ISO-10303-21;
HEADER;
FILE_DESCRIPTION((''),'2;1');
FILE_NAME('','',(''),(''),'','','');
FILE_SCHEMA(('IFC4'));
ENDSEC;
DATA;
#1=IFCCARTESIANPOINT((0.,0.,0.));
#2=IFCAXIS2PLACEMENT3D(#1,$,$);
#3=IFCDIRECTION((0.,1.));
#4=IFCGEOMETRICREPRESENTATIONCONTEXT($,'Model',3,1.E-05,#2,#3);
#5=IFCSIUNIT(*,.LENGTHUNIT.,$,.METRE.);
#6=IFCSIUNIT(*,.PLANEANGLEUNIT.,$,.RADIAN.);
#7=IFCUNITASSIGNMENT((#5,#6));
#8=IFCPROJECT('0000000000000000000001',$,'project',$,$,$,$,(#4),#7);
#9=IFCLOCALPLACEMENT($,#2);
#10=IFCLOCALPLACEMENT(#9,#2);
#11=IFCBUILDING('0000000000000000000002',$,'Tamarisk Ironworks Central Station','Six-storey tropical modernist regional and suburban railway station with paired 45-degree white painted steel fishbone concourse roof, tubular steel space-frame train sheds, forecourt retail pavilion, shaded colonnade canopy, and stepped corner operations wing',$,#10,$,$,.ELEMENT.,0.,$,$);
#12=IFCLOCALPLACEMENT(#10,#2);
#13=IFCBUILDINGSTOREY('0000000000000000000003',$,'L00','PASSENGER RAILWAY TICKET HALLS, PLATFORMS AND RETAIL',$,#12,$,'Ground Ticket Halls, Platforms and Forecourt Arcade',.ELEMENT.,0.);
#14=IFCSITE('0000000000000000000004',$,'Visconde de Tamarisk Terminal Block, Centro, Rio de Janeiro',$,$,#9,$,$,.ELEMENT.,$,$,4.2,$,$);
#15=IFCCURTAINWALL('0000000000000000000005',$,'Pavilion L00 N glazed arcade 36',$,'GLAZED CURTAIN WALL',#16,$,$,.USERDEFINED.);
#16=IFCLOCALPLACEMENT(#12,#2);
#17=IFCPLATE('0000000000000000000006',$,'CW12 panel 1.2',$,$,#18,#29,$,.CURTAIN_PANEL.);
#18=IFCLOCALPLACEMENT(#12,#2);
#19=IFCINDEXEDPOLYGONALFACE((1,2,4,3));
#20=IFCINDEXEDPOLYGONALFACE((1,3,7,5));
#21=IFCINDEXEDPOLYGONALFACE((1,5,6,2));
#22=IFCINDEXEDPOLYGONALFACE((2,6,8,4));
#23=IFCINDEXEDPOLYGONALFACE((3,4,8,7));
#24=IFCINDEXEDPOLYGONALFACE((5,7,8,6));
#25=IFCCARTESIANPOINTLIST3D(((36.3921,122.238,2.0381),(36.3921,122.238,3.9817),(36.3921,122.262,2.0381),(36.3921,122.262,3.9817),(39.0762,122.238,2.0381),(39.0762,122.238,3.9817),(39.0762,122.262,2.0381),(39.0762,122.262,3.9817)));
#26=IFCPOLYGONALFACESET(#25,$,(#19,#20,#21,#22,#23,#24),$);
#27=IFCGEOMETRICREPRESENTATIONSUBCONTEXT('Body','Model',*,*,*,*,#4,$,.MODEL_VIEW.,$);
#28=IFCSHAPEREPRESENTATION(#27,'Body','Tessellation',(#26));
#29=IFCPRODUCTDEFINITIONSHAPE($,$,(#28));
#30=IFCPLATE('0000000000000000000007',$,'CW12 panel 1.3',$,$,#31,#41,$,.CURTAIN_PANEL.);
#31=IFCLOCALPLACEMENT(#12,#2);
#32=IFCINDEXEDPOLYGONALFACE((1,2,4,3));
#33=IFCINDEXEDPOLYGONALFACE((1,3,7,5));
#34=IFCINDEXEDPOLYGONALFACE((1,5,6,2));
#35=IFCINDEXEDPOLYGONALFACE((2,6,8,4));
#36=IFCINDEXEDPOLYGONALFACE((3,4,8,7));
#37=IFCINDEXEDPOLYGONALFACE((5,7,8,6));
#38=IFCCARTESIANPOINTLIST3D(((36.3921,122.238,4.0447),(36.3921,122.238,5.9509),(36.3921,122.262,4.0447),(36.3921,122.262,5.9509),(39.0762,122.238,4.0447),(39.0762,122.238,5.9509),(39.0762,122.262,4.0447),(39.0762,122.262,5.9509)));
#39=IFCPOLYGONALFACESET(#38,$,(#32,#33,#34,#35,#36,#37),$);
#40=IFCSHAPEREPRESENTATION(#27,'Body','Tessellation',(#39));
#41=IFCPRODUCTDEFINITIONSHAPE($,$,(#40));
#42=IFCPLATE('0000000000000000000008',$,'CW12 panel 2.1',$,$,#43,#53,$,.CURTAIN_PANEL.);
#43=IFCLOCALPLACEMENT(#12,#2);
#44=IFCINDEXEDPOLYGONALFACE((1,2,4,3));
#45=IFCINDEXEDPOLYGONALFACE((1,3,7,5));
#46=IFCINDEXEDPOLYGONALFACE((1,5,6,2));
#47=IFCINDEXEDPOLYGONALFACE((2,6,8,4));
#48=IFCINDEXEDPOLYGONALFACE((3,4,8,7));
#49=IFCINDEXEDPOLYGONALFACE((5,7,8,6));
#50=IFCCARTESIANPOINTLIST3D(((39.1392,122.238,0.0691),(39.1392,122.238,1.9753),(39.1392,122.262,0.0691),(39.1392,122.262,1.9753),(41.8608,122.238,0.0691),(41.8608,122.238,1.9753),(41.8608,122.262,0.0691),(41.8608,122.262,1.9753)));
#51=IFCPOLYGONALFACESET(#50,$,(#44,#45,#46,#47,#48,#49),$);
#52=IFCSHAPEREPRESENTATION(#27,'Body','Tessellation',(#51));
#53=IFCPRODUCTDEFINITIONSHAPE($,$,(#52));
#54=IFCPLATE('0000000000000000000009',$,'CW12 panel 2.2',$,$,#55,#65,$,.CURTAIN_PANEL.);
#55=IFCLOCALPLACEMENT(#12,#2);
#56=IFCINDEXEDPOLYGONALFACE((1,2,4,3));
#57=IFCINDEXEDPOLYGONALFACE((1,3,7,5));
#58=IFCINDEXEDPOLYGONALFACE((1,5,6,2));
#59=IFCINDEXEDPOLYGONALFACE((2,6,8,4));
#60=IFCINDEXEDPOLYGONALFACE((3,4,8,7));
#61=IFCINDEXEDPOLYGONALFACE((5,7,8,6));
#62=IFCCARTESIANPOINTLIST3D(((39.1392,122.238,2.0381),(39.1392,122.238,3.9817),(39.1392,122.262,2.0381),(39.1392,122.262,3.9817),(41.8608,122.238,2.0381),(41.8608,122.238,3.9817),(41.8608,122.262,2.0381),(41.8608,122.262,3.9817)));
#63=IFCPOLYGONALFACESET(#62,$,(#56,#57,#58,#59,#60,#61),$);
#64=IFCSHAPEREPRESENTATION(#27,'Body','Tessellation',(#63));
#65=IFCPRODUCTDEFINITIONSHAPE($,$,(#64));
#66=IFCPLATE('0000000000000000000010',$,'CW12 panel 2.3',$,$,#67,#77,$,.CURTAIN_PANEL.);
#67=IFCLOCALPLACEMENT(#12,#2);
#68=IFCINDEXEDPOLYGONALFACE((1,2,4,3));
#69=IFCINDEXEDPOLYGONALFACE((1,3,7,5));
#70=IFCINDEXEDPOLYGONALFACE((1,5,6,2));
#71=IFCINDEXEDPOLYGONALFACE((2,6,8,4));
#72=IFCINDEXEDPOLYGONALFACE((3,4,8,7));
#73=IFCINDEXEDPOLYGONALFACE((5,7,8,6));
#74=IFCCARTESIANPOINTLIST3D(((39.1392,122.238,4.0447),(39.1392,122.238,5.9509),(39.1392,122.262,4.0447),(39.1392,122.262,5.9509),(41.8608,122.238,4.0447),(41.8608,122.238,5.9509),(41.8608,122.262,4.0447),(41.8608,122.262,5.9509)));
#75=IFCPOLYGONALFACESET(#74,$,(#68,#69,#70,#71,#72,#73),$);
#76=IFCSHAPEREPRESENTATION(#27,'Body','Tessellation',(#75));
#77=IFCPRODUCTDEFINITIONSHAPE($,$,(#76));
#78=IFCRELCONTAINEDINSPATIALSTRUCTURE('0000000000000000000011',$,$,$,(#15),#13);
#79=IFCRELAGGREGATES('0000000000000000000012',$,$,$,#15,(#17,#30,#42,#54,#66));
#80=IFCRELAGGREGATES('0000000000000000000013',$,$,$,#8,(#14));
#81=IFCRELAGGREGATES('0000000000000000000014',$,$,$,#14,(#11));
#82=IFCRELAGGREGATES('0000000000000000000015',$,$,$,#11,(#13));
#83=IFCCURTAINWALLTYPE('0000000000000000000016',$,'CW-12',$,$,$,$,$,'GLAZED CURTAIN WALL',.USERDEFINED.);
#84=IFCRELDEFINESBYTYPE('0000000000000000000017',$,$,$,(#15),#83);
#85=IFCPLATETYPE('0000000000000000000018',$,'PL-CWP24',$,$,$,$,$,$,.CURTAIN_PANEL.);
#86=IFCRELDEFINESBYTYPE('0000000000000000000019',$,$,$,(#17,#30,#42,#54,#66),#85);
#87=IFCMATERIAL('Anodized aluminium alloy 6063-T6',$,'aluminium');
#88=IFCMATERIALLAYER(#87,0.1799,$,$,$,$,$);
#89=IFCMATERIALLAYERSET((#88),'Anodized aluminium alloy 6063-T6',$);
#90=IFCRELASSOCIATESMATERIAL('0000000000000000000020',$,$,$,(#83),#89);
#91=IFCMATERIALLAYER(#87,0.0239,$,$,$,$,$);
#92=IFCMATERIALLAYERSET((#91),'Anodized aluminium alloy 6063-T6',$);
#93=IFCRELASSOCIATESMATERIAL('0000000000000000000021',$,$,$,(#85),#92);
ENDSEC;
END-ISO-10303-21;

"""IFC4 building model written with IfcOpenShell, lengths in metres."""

from ifc_helpers import new_model, si_unit, direction, frame, origin, origin_2d, place, context, subcontext, project, spatial, rectangle, extrude, material, layer, layer_set, type_object, element, aggregate, save


model = new_model("IFC4")

# Units and contexts
model_context = context("Model", 3, precision=1e-05, world=origin(), true_north=direction((0.0, 1.0)))
body_context = subcontext(model_context, "Body", "Model", "MODEL_VIEW")
ifc_project = project(units=[si_unit("LENGTHUNIT", "METRE"), si_unit("PLANEANGLEUNIT", "RADIAN")], contexts=[model_context])

# Site, building, storey
site_placement = place(None, origin())
site = spatial("IfcSite", under=ifc_project, at=site_placement, Name="Visconde de Tamarisk Terminal Block, Centro, Rio de Janeiro", CompositionType="ELEMENT", RefElevation=4.2)
building_placement = place(site_placement, origin())
building = spatial("IfcBuilding", under=site, at=building_placement, Name="Tamarisk Ironworks Central Station", Description="Six-storey tropical modernist regional and suburban railway station with paired 45-degree white painted steel fishbone concourse roof, tubular steel space-frame train sheds, forecourt retail pavilion, shaded colonnade canopy, and stepped corner operations wing", CompositionType="ELEMENT", ElevationOfRefHeight=0.0)
storey_placement = place(building_placement, origin())
storey = spatial("IfcBuildingStorey", under=building, at=storey_placement, Name="L00", Description="PASSENGER RAILWAY TICKET HALLS, PLATFORMS AND RETAIL", LongName="Ground Ticket Halls, Platforms and Forecourt Arcade", CompositionType="ELEMENT", Elevation=0.0)

# Curtain wall, plates
ifc_material_1 = material(Name="Anodized aluminium alloy 6063-T6", Category="aluminium")
ifc_layer_1 = layer(ifc_material_1, 0.1799)
ifc_layer_set_1 = layer_set([ifc_layer_1], Name="Anodized aluminium alloy 6063-T6")
curtain_wall_type = type_object("IfcCurtainWallType", Name="CW-12", ElementType="GLAZED CURTAIN WALL", PredefinedType="USERDEFINED", material=ifc_layer_set_1)
curtain_wall_placement = place(storey_placement, origin())
curtain_wall = element("IfcCurtainWall", 1, at=curtain_wall_placement, inside=storey, type_object=curtain_wall_type, Name="Pavilion L00 N glazed arcade 36", ObjectType="GLAZED CURTAIN WALL", PredefinedType="USERDEFINED")
ifc_layer_2 = layer(ifc_material_1, 0.0239)
ifc_layer_set_2 = layer_set([ifc_layer_2], Name="Anodized aluminium alloy 6063-T6")
plate_type = type_object("IfcPlateType", Name="PL-CWP24", PredefinedType="CURTAIN_PANEL", material=ifc_layer_set_2)
plate_1_placement = place(storey_placement, frame((37.7341, 122.25, 2.0381), z_axis=(0.0, 0.0, 1.0), x_axis=(1.0, 0.0, 0.0)))
plate_1 = element("IfcPlate", 2, at=plate_1_placement, type_object=plate_type, Name="CW12 panel 1.2", PredefinedType="CURTAIN_PANEL", context=body_context, shape_type="SweptSolid", body=[
    extrude(rectangle(XDim=2.6841, YDim=0.0239, at=origin_2d()), origin(), (0.0, 0.0, 1.0), 1.9436),
])
plate_2_placement = place(storey_placement, frame((37.7341, 122.25, 4.0447), z_axis=(0.0, 0.0, 1.0), x_axis=(1.0, 0.0, 0.0)))
plate_2 = element("IfcPlate", 3, at=plate_2_placement, type_object=plate_type, Name="CW12 panel 1.3", PredefinedType="CURTAIN_PANEL", context=body_context, shape_type="SweptSolid", body=[
    extrude(rectangle(XDim=2.6841, YDim=0.0239, at=origin_2d()), origin(), (0.0, 0.0, 1.0), 1.9062),
])
plate_3_placement = place(storey_placement, frame((40.5, 122.25, 0.0691), z_axis=(0.0, 0.0, 1.0), x_axis=(1.0, 0.0, 0.0)))
plate_3 = element("IfcPlate", 4, at=plate_3_placement, type_object=plate_type, Name="CW12 panel 2.1", PredefinedType="CURTAIN_PANEL", context=body_context, shape_type="SweptSolid", body=[
    extrude(rectangle(XDim=2.7217, YDim=0.0239, at=origin_2d()), origin(), (0.0, 0.0, 1.0), 1.9062),
])
plate_4_placement = place(storey_placement, frame((40.5, 122.25, 2.0381), z_axis=(0.0, 0.0, 1.0), x_axis=(1.0, 0.0, 0.0)))
plate_4 = element("IfcPlate", 5, at=plate_4_placement, type_object=plate_type, Name="CW12 panel 2.2", PredefinedType="CURTAIN_PANEL", context=body_context, shape_type="SweptSolid", body=[
    extrude(rectangle(XDim=2.7217, YDim=0.0239, at=origin_2d()), origin(), (0.0, 0.0, 1.0), 1.9436),
])
plate_5_placement = place(storey_placement, frame((40.5, 122.25, 4.0447), z_axis=(0.0, 0.0, 1.0), x_axis=(1.0, 0.0, 0.0)))
plate_5 = element("IfcPlate", 6, at=plate_5_placement, type_object=plate_type, Name="CW12 panel 2.3", PredefinedType="CURTAIN_PANEL", context=body_context, shape_type="SweptSolid", body=[
    extrude(rectangle(XDim=2.7217, YDim=0.0239, at=origin_2d()), origin(), (0.0, 0.0, 1.0), 1.9062),
])
aggregate(curtain_wall, [plate_1, plate_2, plate_3, plate_4, plate_5])

save(model, "model.ifc")
